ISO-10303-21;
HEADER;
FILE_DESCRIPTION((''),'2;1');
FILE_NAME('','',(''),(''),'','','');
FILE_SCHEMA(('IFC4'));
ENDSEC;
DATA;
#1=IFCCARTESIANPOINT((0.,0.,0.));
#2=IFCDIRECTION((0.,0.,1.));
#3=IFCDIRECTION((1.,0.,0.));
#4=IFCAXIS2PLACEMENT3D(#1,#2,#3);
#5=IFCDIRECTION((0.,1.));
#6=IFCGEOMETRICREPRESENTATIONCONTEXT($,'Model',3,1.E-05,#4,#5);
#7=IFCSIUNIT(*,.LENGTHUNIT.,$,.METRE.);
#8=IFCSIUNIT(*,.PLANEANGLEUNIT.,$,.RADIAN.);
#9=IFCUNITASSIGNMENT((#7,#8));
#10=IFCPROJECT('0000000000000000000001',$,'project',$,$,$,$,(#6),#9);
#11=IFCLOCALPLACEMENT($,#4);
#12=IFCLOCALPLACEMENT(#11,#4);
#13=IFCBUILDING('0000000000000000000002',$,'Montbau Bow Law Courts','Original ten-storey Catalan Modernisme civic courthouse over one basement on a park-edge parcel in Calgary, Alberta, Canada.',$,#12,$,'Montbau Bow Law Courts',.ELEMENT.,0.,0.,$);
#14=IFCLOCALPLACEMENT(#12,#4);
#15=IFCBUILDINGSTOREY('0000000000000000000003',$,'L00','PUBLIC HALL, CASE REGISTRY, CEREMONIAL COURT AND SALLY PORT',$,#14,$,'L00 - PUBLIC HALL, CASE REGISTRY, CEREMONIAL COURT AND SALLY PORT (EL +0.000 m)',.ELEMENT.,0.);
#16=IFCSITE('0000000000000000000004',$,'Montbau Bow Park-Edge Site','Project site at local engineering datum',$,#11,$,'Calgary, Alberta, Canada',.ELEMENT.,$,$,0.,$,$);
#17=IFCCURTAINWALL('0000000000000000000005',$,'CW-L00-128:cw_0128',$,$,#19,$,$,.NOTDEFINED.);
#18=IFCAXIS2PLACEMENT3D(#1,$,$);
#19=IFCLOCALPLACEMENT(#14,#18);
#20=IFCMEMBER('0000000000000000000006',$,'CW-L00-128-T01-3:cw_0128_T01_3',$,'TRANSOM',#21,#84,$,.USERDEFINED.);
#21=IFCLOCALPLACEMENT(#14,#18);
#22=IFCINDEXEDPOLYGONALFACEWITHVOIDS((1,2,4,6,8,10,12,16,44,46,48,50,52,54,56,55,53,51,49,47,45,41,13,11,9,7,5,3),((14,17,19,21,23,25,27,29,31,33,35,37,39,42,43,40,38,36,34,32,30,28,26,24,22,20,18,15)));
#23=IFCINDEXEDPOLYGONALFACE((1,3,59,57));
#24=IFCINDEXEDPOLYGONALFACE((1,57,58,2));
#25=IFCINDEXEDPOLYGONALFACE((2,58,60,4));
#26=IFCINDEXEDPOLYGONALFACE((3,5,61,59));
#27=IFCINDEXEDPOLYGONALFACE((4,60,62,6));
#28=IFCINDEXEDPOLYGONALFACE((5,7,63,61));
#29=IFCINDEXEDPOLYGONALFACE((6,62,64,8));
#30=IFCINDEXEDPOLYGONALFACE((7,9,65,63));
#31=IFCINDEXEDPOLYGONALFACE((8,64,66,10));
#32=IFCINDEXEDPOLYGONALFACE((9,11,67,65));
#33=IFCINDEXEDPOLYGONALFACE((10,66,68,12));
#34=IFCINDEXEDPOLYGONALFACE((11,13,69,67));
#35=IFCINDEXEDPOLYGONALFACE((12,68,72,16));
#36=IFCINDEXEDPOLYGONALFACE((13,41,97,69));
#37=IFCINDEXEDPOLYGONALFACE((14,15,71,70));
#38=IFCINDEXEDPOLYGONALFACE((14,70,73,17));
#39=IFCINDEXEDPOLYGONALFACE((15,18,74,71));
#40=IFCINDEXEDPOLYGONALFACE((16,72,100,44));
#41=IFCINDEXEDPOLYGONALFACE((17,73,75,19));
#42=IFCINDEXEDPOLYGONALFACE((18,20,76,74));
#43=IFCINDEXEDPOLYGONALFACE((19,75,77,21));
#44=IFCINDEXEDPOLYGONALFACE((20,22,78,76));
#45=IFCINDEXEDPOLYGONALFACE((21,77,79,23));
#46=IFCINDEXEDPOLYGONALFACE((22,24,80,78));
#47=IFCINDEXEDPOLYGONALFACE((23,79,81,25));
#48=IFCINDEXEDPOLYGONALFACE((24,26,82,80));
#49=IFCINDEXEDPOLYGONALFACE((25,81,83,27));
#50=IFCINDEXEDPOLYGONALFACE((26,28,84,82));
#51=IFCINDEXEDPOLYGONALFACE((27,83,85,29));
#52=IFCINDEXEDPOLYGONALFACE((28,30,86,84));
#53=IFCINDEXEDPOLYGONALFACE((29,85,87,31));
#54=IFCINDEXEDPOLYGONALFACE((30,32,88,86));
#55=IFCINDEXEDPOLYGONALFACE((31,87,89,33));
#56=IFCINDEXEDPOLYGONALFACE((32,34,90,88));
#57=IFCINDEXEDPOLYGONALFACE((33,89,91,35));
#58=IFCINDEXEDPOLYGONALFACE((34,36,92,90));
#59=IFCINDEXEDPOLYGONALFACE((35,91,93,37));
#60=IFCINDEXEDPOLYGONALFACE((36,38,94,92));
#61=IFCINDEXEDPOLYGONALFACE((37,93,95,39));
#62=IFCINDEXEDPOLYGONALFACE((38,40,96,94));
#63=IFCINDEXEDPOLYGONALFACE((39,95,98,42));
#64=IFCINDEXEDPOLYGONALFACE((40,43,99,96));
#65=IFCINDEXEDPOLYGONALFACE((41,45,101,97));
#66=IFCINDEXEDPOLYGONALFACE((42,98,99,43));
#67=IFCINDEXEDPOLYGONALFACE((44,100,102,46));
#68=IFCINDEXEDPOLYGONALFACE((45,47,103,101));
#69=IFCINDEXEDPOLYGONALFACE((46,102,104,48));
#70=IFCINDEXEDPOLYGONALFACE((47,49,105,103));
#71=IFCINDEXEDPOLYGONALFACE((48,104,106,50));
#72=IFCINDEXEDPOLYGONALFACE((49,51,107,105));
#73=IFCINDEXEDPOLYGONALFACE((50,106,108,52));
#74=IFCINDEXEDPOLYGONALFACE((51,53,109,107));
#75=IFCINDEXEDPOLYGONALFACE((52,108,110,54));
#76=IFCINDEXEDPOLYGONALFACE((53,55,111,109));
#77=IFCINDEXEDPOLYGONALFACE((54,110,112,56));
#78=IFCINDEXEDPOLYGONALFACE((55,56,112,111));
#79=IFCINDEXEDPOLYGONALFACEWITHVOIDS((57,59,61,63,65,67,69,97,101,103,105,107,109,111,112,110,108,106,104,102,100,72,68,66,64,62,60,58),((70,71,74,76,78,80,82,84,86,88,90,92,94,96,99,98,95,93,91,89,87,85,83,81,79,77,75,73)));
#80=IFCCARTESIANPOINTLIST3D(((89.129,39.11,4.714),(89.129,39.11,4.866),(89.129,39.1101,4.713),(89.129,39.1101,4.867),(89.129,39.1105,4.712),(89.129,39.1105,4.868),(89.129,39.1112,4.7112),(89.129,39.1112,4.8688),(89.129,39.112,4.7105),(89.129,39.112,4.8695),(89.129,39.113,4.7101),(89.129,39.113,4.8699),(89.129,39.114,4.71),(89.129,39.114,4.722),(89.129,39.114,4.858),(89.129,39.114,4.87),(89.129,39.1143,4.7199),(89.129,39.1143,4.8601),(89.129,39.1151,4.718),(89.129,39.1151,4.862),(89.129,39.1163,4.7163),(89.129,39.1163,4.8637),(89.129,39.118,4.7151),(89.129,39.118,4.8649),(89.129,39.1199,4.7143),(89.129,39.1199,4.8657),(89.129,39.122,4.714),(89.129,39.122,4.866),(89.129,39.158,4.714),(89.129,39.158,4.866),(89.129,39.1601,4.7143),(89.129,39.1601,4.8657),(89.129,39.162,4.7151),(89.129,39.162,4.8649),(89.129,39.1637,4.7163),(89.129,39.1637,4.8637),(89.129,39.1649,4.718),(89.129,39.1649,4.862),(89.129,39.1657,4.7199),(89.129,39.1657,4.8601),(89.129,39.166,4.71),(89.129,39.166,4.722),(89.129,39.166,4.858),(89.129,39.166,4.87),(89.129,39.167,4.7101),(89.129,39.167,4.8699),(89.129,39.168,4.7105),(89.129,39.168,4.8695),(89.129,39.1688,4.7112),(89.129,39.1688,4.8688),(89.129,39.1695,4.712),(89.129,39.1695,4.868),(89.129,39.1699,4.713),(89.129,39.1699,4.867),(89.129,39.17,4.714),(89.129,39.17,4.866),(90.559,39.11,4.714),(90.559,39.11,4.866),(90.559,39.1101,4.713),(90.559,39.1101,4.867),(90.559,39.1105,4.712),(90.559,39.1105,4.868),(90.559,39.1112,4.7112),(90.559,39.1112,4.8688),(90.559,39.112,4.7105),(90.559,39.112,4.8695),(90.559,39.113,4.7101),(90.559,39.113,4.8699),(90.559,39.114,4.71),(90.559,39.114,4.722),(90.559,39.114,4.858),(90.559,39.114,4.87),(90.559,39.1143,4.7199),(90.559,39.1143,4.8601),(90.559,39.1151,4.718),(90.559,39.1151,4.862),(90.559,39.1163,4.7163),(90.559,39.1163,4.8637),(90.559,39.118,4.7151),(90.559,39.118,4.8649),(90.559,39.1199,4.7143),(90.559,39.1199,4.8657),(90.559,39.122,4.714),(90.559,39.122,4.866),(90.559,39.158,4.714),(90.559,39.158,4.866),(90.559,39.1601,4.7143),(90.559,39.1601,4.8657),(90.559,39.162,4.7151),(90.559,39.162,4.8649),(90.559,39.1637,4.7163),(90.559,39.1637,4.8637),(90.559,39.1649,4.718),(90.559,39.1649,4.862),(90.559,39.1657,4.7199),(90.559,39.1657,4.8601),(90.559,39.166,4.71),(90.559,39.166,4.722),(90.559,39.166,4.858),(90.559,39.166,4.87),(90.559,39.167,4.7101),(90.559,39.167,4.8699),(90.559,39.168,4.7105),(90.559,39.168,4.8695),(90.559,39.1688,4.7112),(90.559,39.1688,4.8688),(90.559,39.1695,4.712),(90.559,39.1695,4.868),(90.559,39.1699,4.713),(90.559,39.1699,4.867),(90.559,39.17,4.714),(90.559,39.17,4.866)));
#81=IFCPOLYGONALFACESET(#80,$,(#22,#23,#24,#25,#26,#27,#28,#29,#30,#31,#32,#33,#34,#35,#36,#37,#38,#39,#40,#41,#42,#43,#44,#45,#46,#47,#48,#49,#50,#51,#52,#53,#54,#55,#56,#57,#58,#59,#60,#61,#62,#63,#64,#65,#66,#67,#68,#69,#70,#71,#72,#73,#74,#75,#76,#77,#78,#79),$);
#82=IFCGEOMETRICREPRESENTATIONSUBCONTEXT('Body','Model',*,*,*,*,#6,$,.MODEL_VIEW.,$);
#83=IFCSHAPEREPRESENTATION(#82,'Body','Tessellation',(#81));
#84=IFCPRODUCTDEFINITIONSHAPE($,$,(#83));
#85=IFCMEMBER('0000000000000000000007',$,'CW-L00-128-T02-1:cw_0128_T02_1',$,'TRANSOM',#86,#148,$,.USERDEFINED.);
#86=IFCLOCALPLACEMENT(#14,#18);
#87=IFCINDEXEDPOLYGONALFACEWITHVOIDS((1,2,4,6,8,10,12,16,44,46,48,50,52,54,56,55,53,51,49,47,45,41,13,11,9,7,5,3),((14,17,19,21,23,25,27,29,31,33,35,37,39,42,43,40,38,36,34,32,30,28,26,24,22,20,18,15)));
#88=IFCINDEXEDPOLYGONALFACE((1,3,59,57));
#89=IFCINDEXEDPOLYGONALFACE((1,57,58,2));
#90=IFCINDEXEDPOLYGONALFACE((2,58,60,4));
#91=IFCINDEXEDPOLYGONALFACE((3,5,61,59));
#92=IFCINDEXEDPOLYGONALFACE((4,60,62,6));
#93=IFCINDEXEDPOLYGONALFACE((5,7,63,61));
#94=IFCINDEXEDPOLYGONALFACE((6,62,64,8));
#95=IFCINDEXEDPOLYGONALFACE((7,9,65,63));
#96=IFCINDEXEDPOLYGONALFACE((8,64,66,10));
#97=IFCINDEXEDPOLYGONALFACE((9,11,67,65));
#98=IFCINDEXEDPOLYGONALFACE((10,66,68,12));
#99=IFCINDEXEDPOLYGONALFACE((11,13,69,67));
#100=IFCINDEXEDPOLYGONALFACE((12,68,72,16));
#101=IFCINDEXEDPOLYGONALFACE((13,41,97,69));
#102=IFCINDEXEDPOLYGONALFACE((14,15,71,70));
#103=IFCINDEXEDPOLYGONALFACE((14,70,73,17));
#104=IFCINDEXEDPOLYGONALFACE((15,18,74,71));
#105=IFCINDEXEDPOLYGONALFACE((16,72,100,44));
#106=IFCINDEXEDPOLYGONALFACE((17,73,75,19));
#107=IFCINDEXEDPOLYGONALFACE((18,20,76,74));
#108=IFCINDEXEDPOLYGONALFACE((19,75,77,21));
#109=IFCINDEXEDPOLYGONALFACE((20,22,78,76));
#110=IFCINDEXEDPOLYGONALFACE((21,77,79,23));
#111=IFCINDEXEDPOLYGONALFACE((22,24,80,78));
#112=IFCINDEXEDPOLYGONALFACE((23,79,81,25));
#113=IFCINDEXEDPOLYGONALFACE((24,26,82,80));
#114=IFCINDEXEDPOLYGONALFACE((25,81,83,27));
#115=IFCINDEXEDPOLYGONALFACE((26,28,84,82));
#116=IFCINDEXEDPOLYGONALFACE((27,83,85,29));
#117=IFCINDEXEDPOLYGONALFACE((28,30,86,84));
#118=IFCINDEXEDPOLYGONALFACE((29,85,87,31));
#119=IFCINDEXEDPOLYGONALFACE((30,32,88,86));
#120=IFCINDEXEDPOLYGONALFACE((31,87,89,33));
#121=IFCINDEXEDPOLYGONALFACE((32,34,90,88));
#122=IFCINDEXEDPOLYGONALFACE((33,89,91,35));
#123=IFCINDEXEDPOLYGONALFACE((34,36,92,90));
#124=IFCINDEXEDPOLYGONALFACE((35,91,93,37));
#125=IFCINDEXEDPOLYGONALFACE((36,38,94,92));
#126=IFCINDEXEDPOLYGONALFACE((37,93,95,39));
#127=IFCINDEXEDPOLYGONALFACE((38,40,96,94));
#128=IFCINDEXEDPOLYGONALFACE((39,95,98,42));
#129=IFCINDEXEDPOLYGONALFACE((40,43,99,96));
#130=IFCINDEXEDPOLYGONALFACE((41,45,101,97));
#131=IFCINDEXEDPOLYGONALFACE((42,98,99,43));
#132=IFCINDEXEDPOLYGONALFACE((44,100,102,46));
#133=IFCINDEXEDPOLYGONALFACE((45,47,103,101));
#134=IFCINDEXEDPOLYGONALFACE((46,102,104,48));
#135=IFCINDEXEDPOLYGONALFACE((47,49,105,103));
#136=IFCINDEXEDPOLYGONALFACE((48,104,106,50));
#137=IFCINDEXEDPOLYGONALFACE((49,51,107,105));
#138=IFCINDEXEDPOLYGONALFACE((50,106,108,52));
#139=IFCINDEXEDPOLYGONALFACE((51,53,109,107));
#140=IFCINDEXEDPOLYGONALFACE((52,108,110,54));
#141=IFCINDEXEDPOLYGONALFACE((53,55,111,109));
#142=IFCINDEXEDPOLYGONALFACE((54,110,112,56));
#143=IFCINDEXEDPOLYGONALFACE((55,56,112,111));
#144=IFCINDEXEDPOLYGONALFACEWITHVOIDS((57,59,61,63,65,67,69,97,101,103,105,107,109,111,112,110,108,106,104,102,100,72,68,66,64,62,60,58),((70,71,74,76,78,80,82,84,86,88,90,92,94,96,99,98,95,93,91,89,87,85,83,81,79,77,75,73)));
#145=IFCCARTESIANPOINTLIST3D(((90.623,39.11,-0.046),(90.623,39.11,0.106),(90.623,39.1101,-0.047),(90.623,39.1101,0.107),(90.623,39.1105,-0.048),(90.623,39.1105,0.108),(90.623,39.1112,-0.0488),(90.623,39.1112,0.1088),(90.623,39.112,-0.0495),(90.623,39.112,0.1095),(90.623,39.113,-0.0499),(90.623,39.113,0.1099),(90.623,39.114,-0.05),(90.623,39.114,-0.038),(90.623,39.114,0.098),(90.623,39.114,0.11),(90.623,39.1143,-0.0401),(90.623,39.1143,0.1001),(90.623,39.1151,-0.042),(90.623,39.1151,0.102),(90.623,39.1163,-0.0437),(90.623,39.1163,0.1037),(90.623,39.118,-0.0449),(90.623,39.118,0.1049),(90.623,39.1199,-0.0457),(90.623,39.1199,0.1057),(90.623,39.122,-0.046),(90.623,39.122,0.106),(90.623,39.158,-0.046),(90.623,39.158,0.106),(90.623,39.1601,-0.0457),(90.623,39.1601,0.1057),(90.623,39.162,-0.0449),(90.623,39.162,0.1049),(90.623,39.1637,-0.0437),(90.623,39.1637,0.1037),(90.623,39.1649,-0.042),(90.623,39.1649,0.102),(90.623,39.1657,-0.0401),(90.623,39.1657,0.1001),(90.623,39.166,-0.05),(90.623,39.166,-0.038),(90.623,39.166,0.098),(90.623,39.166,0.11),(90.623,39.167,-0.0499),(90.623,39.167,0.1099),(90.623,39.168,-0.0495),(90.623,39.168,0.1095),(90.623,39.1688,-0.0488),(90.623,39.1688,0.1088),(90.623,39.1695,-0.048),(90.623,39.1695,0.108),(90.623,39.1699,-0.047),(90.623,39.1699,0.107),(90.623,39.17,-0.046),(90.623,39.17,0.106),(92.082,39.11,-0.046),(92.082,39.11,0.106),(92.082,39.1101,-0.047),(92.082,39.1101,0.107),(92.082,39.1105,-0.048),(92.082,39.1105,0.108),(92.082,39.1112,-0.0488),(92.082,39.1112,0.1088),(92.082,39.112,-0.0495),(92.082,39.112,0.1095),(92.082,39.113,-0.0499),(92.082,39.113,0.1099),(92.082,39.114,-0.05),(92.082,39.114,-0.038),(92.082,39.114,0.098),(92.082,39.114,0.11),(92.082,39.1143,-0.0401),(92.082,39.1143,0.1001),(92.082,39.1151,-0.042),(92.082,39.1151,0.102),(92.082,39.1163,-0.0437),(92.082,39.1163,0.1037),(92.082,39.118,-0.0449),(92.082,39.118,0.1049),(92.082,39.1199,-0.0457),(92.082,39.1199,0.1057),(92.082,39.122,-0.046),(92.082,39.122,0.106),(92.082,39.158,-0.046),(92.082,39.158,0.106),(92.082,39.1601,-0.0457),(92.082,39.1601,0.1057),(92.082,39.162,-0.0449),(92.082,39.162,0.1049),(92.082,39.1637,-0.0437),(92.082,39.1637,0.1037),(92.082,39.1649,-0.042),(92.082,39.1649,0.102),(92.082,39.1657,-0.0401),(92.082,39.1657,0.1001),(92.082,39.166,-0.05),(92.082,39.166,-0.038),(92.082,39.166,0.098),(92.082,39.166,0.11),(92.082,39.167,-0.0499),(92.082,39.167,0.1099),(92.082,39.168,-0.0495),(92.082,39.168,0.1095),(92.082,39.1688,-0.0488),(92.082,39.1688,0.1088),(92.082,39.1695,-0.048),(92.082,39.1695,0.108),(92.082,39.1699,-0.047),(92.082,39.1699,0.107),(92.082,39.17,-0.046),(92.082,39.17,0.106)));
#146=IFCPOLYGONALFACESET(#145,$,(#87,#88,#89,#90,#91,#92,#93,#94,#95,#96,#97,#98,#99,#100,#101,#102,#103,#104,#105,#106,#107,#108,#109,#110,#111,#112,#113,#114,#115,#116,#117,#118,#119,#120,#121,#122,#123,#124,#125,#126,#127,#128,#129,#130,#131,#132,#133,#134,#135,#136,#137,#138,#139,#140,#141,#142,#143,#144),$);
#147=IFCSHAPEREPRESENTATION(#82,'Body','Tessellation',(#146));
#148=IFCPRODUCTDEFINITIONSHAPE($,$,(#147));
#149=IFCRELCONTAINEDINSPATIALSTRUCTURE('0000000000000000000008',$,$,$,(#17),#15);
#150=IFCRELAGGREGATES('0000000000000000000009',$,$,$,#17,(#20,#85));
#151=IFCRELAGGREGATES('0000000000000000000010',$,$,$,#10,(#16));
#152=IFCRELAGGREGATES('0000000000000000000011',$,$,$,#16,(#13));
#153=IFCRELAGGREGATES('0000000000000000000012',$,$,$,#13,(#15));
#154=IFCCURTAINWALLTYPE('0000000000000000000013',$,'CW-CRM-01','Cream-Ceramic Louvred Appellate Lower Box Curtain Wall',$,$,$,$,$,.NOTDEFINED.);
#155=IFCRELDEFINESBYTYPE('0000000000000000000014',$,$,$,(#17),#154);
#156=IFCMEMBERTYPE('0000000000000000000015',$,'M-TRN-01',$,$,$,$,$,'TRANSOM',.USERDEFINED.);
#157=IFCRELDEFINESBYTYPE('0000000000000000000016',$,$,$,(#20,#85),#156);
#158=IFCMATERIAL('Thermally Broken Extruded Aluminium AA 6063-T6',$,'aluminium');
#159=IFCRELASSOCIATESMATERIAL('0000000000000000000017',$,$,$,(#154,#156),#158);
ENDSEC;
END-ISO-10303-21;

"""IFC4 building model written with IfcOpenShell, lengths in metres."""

from ifc_helpers import new_model, si_unit, direction, frame, origin_with_axes, origin_2d_with_axis, place, context, subcontext, project, spatial, hollow_rectangle, extrude, material, material_profile, profile_set, type_object, element, aggregate, save


model = new_model("IFC4")

# Units and contexts
model_context = context("Model", 3, precision=1e-05, world=origin_with_axes(), true_north=direction((0.0, 1.0)))
body_context = subcontext(model_context, "Body", "Model", "MODEL_VIEW")
ifc_project = project(units=[si_unit("LENGTHUNIT", "METRE"), si_unit("PLANEANGLEUNIT", "RADIAN")], contexts=[model_context])

# Site, building, storey
site_placement = place(None, origin_with_axes())
site = spatial("IfcSite", under=ifc_project, at=site_placement, Name="Montbau Bow Park-Edge Site", Description="Project site at local engineering datum", LongName="Calgary, Alberta, Canada", CompositionType="ELEMENT", RefElevation=0.0)
building_placement = place(site_placement, origin_with_axes())
building = spatial("IfcBuilding", under=site, at=building_placement, Name="Montbau Bow Law Courts", Description="Original ten-storey Catalan Modernisme civic courthouse over one basement on a park-edge parcel in Calgary, Alberta, Canada.", LongName="Montbau Bow Law Courts", CompositionType="ELEMENT", ElevationOfRefHeight=0.0, ElevationOfTerrain=0.0)
storey_placement = place(building_placement, origin_with_axes())
storey = spatial("IfcBuildingStorey", under=building, at=storey_placement, Name="L00", Description="PUBLIC HALL, CASE REGISTRY, CEREMONIAL COURT AND SALLY PORT", LongName="L00 - PUBLIC HALL, CASE REGISTRY, CEREMONIAL COURT AND SALLY PORT (EL +0.000 m)", CompositionType="ELEMENT", Elevation=0.0)

# Curtain wall, members
ifc_material_1 = material(Name="Thermally Broken Extruded Aluminium AA 6063-T6", Category="aluminium")
curtain_wall_type = type_object("IfcCurtainWallType", Name="CW-CRM-01", Description="Cream-Ceramic Louvred Appellate Lower Box Curtain Wall", PredefinedType="NOTDEFINED", material=ifc_material_1)
curtain_wall_1_placement = place(None, frame((89.067, 39.14, 0.0), z_axis=(0.0, 0.0, 1.0), x_axis=(1.0, 0.0, 0.0)))
curtain_wall_1 = element("IfcCurtainWall", 1, at=curtain_wall_1_placement, inside=storey, type_object=curtain_wall_type, Name="CW-L00-128:cw_0128", PredefinedType="NOTDEFINED")
ifc_material_profile_1 = material_profile(ifc_material_1, hollow_rectangle(XDim=0.06, YDim=0.16, WallThickness=0.004, InnerFilletRadius=0.008, OuterFilletRadius=0.004, at=origin_2d_with_axis()), Name="CWT-160X60", Category="Main", Priority=0)
ifc_profile_set_1 = profile_set([ifc_material_profile_1], Name="Thermally Broken Extruded Aluminium AA 6063-T6")
member_type_1 = type_object("IfcMemberType", Name="M-TRN-01", ElementType="TRANSOM", PredefinedType="USERDEFINED", material=ifc_profile_set_1)
member_1_placement = place(None, frame((89.129, 39.14, 4.79), z_axis=(1.0, 0.0, 0.0), x_axis=(0.0, 1.0, 0.0)))
member_1 = element("IfcMember", 2, at=member_1_placement, type_object=member_type_1, Name="CW-L00-128-T01-3:cw_0128_T01_3", ObjectType="TRANSOM", PredefinedType="USERDEFINED", context=body_context, shape_type="SweptSolid", body=[
    extrude(hollow_rectangle(XDim=0.06, YDim=0.16, WallThickness=0.004, InnerFilletRadius=0.008, OuterFilletRadius=0.004, at=origin_2d_with_axis()), origin_with_axes(), (0.0, 0.0, 1.0), 1.43),
])
member_2_placement = place(None, frame((90.623, 39.14, 0.03), z_axis=(1.0, 0.0, 0.0), x_axis=(0.0, 1.0, 0.0)))
member_2 = element("IfcMember", 3, at=member_2_placement, type_object=member_type_1, Name="CW-L00-128-T02-1:cw_0128_T02_1", ObjectType="TRANSOM", PredefinedType="USERDEFINED", context=body_context, shape_type="SweptSolid", body=[
    extrude(hollow_rectangle(XDim=0.06, YDim=0.16, WallThickness=0.004, InnerFilletRadius=0.008, OuterFilletRadius=0.004, at=origin_2d_with_axis()), origin_with_axes(), (0.0, 0.0, 1.0), 1.459),
])

aggregate(curtain_wall_1, [member_1, member_2])

save(model, "model.ifc")
